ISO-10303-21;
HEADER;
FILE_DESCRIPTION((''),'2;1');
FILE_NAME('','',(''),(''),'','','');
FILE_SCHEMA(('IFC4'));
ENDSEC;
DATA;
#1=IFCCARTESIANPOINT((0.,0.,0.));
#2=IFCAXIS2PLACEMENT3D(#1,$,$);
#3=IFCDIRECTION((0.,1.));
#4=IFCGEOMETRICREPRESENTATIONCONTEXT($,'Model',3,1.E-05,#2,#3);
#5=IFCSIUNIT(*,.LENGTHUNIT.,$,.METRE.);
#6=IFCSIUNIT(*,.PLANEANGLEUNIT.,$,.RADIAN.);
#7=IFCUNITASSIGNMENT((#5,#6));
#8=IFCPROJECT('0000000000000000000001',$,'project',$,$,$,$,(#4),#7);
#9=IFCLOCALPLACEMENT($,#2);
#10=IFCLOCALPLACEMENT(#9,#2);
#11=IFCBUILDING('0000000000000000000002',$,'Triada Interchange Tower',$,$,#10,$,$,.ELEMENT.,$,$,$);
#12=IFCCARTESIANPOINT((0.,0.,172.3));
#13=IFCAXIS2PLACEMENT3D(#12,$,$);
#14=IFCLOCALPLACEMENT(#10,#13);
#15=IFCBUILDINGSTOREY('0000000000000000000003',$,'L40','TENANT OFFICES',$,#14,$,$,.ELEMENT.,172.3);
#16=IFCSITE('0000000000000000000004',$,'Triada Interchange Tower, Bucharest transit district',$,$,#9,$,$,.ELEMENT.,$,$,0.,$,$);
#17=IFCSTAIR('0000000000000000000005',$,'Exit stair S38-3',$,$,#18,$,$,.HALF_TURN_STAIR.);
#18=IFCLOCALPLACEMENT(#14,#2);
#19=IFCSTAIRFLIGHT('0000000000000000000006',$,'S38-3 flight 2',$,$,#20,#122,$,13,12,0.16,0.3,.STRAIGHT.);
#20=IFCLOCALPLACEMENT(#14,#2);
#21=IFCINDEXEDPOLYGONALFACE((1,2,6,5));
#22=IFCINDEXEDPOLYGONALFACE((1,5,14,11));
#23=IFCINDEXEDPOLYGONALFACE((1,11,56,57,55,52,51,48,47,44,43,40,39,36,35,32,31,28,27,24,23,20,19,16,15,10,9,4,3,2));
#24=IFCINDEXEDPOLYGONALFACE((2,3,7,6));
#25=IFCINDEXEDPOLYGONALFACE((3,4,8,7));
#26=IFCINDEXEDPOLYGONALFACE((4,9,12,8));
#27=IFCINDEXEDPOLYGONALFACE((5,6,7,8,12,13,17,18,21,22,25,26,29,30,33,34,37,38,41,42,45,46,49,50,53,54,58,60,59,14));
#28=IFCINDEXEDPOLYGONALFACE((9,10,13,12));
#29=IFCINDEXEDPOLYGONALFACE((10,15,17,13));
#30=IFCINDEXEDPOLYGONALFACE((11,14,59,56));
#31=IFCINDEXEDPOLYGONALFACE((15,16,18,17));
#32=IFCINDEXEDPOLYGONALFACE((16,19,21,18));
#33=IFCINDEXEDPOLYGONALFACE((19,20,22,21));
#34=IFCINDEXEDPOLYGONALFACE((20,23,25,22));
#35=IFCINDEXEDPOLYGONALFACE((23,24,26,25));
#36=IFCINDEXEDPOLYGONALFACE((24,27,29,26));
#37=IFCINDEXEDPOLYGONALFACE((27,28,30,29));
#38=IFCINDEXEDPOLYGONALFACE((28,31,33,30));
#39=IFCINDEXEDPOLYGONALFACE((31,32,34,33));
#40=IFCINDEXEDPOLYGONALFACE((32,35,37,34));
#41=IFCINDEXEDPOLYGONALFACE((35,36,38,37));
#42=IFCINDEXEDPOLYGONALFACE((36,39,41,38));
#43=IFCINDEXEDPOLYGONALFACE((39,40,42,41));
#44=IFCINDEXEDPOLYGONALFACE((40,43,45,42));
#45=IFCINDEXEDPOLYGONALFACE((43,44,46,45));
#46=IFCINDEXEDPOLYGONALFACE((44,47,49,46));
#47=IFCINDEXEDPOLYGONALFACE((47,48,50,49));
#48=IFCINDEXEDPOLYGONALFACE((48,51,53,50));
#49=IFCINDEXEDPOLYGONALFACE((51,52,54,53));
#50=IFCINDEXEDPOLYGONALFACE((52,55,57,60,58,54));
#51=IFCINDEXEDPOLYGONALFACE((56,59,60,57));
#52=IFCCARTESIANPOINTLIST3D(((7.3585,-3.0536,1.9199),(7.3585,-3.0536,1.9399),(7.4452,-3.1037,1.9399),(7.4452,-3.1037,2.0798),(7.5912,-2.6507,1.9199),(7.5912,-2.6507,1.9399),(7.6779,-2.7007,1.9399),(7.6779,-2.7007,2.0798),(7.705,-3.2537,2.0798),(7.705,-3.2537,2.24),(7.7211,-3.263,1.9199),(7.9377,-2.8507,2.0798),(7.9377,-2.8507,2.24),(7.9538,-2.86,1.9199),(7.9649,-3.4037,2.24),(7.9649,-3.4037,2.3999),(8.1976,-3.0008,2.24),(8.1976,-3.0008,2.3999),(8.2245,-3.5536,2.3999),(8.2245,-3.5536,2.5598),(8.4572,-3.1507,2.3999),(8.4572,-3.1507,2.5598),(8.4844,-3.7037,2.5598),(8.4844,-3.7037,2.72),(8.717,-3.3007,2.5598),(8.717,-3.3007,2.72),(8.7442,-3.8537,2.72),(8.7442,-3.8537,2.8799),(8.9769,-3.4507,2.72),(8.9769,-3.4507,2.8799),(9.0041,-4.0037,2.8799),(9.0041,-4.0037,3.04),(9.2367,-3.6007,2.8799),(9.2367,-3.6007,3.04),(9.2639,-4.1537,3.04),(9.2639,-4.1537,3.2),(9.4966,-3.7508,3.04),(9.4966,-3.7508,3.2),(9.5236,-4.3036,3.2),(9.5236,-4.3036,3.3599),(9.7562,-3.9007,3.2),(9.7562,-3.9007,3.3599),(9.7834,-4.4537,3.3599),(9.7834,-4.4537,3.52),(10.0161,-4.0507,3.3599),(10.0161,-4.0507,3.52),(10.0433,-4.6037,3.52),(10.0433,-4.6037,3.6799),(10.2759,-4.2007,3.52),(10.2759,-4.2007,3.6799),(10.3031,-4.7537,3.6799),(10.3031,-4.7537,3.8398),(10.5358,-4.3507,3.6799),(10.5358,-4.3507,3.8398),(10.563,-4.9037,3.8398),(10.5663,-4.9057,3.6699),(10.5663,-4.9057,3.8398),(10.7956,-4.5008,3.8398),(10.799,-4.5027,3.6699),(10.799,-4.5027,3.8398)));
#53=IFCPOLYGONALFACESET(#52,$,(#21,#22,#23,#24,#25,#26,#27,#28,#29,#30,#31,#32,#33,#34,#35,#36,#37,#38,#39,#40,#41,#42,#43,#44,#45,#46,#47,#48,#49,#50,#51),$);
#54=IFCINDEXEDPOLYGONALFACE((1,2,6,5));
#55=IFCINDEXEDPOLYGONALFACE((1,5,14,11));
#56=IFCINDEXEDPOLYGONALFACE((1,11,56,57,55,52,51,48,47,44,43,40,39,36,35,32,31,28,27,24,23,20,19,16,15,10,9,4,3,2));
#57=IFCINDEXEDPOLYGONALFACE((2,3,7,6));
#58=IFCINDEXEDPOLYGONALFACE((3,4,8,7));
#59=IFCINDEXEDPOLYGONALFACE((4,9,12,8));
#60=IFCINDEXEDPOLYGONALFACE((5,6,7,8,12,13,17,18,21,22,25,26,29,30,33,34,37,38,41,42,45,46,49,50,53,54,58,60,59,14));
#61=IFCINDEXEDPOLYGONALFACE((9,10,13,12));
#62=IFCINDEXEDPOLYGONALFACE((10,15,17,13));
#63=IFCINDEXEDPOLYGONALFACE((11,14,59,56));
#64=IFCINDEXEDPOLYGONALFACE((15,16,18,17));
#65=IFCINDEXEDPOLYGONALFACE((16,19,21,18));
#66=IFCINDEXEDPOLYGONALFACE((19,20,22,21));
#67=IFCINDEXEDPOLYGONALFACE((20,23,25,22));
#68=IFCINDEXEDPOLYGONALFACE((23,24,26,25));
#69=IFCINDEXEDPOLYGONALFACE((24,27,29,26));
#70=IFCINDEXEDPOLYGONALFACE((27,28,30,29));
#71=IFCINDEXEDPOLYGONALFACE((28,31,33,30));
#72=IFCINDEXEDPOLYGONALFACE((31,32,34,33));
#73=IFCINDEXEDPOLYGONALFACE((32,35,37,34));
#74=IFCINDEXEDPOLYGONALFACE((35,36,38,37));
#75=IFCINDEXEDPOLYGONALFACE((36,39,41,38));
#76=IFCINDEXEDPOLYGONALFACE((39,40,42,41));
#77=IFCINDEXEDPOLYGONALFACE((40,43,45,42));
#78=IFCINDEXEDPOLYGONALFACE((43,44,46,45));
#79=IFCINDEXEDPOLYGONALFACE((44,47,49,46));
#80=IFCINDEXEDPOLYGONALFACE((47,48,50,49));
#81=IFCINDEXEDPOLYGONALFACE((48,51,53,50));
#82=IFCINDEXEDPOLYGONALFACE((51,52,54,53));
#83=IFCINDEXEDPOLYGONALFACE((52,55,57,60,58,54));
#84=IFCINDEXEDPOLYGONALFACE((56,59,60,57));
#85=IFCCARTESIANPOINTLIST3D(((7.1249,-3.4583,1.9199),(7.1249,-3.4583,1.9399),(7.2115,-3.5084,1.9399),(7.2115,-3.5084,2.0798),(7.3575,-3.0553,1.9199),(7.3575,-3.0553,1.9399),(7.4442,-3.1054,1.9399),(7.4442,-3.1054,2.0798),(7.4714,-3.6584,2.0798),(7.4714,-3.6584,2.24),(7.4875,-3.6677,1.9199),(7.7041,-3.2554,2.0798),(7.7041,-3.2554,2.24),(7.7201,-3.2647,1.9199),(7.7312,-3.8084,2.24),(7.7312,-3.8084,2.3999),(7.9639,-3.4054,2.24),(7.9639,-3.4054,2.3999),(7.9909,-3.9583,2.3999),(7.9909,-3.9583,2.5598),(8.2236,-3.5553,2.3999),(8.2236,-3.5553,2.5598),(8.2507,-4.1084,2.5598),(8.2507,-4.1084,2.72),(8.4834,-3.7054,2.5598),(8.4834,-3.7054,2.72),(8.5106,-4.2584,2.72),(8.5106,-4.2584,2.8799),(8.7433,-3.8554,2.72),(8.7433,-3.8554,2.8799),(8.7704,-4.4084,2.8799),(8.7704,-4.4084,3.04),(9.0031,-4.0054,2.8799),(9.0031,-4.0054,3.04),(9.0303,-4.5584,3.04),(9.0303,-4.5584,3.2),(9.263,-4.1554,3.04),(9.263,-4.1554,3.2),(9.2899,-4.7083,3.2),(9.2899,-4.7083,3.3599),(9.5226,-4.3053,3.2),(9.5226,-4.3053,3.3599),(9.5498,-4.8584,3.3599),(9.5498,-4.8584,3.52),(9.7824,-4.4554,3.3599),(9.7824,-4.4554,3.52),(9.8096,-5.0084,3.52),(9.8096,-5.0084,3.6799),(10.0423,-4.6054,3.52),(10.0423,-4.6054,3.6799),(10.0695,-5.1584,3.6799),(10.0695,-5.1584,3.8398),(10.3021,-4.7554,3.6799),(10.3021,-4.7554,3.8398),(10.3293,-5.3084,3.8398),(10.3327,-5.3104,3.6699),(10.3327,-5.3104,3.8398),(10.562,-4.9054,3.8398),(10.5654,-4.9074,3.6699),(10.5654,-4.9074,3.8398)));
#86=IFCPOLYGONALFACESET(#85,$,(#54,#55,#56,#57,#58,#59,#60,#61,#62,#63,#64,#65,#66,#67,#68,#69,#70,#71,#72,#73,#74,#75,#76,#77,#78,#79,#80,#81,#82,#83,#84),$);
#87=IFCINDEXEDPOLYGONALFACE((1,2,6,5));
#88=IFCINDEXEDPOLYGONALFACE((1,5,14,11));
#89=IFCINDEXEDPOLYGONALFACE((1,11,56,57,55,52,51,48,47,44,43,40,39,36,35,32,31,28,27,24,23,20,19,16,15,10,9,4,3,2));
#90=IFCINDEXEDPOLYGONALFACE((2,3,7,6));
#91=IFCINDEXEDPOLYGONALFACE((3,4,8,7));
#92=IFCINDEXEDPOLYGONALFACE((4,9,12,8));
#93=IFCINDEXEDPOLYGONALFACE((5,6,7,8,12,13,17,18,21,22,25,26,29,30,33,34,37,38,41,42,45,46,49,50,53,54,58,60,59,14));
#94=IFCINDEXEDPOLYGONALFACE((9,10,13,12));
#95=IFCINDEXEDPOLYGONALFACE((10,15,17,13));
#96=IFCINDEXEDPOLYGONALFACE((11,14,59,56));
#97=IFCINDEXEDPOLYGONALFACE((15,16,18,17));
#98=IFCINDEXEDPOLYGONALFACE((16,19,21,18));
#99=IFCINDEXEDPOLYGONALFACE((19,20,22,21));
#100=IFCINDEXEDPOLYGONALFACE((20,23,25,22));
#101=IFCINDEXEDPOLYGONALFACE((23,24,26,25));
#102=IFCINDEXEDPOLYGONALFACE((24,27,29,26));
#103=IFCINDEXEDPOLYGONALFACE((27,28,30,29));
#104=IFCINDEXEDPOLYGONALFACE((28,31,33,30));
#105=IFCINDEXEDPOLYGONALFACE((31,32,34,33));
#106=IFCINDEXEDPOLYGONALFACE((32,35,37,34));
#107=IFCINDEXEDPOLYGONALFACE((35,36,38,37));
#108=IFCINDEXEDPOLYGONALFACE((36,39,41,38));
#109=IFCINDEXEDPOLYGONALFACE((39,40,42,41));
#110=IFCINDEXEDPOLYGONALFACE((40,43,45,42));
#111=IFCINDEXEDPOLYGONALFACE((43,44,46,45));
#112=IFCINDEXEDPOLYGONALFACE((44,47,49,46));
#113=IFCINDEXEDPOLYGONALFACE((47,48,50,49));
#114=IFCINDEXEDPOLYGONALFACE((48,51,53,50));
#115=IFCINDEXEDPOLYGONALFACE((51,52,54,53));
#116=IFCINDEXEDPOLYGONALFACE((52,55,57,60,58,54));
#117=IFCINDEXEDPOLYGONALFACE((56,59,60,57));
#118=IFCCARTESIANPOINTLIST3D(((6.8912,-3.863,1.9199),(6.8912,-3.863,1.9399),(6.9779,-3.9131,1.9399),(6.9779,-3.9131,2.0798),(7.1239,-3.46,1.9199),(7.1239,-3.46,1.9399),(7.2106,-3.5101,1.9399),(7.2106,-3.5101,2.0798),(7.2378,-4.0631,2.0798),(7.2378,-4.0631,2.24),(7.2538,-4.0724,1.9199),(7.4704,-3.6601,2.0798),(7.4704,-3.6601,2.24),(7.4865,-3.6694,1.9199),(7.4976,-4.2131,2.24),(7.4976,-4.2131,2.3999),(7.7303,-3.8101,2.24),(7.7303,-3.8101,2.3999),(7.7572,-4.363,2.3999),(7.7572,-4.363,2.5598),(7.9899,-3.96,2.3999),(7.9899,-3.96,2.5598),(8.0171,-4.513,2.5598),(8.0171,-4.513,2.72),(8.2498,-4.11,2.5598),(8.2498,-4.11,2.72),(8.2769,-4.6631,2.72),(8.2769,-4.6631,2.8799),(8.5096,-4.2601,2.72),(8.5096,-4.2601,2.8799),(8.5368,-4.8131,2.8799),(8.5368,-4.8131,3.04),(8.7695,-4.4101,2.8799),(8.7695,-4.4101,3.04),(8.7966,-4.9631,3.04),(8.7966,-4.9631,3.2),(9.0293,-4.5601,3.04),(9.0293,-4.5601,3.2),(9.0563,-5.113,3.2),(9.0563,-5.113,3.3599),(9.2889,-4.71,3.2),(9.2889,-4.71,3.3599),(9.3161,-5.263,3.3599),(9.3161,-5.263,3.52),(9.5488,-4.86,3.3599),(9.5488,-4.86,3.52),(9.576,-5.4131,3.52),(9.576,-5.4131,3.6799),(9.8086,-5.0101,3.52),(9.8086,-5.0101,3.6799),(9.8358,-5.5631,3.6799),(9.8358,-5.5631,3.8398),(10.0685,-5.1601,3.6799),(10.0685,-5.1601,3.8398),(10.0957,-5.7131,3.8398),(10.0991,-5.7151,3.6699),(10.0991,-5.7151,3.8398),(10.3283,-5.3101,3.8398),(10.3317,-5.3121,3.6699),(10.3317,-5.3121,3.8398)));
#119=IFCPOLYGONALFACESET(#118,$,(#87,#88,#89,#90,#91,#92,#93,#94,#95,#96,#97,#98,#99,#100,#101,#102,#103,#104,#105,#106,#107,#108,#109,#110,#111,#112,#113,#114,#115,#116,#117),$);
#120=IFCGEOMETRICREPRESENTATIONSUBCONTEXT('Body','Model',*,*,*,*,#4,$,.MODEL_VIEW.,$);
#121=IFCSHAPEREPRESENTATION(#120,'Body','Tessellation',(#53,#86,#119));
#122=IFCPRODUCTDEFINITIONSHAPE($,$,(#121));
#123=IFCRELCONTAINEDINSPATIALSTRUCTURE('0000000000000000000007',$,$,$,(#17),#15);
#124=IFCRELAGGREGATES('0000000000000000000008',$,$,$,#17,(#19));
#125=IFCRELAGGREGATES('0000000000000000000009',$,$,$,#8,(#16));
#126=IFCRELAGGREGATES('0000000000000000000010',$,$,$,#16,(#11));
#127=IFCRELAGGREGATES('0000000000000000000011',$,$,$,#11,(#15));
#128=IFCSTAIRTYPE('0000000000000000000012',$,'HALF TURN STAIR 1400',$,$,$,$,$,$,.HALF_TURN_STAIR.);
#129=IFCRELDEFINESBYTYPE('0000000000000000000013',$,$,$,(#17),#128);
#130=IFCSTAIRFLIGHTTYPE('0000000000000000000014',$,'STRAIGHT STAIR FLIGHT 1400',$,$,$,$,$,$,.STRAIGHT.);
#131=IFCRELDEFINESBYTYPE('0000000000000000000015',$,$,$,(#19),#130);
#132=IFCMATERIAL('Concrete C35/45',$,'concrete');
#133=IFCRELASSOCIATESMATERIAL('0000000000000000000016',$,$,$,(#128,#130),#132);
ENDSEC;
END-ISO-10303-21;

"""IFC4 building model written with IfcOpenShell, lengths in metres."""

from ifc_helpers import new_model, si_unit, direction, frame, origin, place, context, subcontext, project, spatial, polyline, outline, extrude, material, type_object, element, aggregate, save


model = new_model("IFC4")

# Units and contexts
model_context = context("Model", 3, precision=1e-05, world=origin(), true_north=direction((0.0, 1.0)))
body_context = subcontext(model_context, "Body", "Model", "MODEL_VIEW")
ifc_project = project(units=[si_unit("LENGTHUNIT", "METRE"), si_unit("PLANEANGLEUNIT", "RADIAN")], contexts=[model_context])

# Site, building, storey
site_placement = place(None, origin())
site = spatial("IfcSite", under=ifc_project, at=site_placement, Name="Triada Interchange Tower, Bucharest transit district", CompositionType="ELEMENT", RefElevation=0.0)
building_placement = place(site_placement, origin())
building = spatial("IfcBuilding", under=site, at=building_placement, Name="Triada Interchange Tower", CompositionType="ELEMENT")
storey_placement = place(building_placement, frame((0.0, 0.0, 172.3)))
storey = spatial("IfcBuildingStorey", under=building, at=storey_placement, Name="L40", Description="TENANT OFFICES", CompositionType="ELEMENT", Elevation=172.3)

# Stair, stair flight
ifc_material_1 = material(Name="Concrete C35/45", Category="concrete")
stair_type = type_object("IfcStairType", Name="HALF TURN STAIR 1400", PredefinedType="HALF_TURN_STAIR", material=ifc_material_1)
stair_placement = place(storey_placement, origin())
stair = element("IfcStair", 1, at=stair_placement, inside=storey, type_object=stair_type, Name="Exit stair S38-3", PredefinedType="HALF_TURN_STAIR")
stair_flight_type = type_object("IfcStairFlightType", Name="STRAIGHT STAIR FLIGHT 1400", PredefinedType="STRAIGHT", material=ifc_material_1)
stair_flight_1_placement = place(storey_placement, frame((7.3279, -3.3069, 1.9199), z_axis=(0.0, 0.0, 1.0), x_axis=(0.866025, -0.5, 0.0)))
stair_flight_1 = element("IfcStairFlight", 2, at=stair_flight_1_placement, type_object=stair_flight_type, Name="S38-3 flight 2", NumberOfRisers=13, NumberOfTreads=12, PredefinedType="STRAIGHT", RiserHeight=0.16, TreadLength=0.3, context=body_context, shape_type="SweptSolid", body=[
    extrude(outline(polyline([(-0.1001, 0.0), (-0.1001, 0.02), (0.0, 0.02), (0.0, 0.1599), (0.3, 0.1599), (0.3, 0.3201), (0.6001, 0.3201), (0.6001, 0.48), (0.8999, 0.48), (0.8999, 0.6399), (1.2, 0.6399), (1.2, 0.8), (1.5, 0.8), (1.5, 0.96), (1.8, 0.96), (1.8, 1.1201), (2.1001, 1.1201), (2.1001, 1.28), (2.3999, 1.28), (2.3999, 1.4399), (2.7, 1.4399), (2.7, 1.6001), (3.0, 1.6001), (3.0, 1.76), (3.3, 1.76), (3.3, 1.9199), (3.6001, 1.9199), (3.604, 1.9199), (3.604, 2.0801), (3.604, 1.75), (0.3186, 0.0), (-0.1001, 0.0)])), frame((0.0, 0.7, 0.0), z_axis=(0.0, -1.0, 0.0), x_axis=(1.0, 0.0, 0.0)), (0.0, 0.0, 1.0), 0.4653),
    extrude(outline(polyline([(-0.1001, 0.0), (-0.1001, 0.02), (0.0, 0.02), (0.0, 0.1599), (0.3, 0.1599), (0.3, 0.3201), (0.6001, 0.3201), (0.6001, 0.48), (0.8999, 0.48), (0.8999, 0.6399), (1.2, 0.6399), (1.2, 0.8), (1.5, 0.8), (1.5, 0.96), (1.8, 0.96), (1.8, 1.1201), (2.1001, 1.1201), (2.1001, 1.28), (2.3999, 1.28), (2.3999, 1.4399), (2.7, 1.4399), (2.7, 1.6001), (3.0, 1.6001), (3.0, 1.76), (3.3, 1.76), (3.3, 1.9199), (3.6001, 1.9199), (3.604, 1.9199), (3.604, 2.0801), (3.604, 1.75), (0.3186, 0.0), (-0.1001, 0.0)])), frame((0.0, 0.2327, 0.0), z_axis=(0.0, -1.0, 0.0), x_axis=(1.0, 0.0, 0.0)), (0.0, 0.0, 1.0), 0.4653),
    extrude(outline(polyline([(-0.1001, 0.0), (-0.1001, 0.02), (0.0, 0.02), (0.0, 0.1599), (0.3, 0.1599), (0.3, 0.3201), (0.6001, 0.3201), (0.6001, 0.48), (0.8999, 0.48), (0.8999, 0.6399), (1.2, 0.6399), (1.2, 0.8), (1.5, 0.8), (1.5, 0.96), (1.8, 0.96), (1.8, 1.1201), (2.1001, 1.1201), (2.1001, 1.28), (2.3999, 1.28), (2.3999, 1.4399), (2.7, 1.4399), (2.7, 1.6001), (3.0, 1.6001), (3.0, 1.76), (3.3, 1.76), (3.3, 1.9199), (3.6001, 1.9199), (3.604, 1.9199), (3.604, 2.0801), (3.604, 1.75), (0.3186, 0.0), (-0.1001, 0.0)])), frame((0.0, -0.2346, 0.0), z_axis=(0.0, -1.0, 0.0), x_axis=(1.0, 0.0, 0.0)), (0.0, 0.0, 1.0), 0.4653),
])
aggregate(stair, [stair_flight_1])

save(model, "model.ifc")
